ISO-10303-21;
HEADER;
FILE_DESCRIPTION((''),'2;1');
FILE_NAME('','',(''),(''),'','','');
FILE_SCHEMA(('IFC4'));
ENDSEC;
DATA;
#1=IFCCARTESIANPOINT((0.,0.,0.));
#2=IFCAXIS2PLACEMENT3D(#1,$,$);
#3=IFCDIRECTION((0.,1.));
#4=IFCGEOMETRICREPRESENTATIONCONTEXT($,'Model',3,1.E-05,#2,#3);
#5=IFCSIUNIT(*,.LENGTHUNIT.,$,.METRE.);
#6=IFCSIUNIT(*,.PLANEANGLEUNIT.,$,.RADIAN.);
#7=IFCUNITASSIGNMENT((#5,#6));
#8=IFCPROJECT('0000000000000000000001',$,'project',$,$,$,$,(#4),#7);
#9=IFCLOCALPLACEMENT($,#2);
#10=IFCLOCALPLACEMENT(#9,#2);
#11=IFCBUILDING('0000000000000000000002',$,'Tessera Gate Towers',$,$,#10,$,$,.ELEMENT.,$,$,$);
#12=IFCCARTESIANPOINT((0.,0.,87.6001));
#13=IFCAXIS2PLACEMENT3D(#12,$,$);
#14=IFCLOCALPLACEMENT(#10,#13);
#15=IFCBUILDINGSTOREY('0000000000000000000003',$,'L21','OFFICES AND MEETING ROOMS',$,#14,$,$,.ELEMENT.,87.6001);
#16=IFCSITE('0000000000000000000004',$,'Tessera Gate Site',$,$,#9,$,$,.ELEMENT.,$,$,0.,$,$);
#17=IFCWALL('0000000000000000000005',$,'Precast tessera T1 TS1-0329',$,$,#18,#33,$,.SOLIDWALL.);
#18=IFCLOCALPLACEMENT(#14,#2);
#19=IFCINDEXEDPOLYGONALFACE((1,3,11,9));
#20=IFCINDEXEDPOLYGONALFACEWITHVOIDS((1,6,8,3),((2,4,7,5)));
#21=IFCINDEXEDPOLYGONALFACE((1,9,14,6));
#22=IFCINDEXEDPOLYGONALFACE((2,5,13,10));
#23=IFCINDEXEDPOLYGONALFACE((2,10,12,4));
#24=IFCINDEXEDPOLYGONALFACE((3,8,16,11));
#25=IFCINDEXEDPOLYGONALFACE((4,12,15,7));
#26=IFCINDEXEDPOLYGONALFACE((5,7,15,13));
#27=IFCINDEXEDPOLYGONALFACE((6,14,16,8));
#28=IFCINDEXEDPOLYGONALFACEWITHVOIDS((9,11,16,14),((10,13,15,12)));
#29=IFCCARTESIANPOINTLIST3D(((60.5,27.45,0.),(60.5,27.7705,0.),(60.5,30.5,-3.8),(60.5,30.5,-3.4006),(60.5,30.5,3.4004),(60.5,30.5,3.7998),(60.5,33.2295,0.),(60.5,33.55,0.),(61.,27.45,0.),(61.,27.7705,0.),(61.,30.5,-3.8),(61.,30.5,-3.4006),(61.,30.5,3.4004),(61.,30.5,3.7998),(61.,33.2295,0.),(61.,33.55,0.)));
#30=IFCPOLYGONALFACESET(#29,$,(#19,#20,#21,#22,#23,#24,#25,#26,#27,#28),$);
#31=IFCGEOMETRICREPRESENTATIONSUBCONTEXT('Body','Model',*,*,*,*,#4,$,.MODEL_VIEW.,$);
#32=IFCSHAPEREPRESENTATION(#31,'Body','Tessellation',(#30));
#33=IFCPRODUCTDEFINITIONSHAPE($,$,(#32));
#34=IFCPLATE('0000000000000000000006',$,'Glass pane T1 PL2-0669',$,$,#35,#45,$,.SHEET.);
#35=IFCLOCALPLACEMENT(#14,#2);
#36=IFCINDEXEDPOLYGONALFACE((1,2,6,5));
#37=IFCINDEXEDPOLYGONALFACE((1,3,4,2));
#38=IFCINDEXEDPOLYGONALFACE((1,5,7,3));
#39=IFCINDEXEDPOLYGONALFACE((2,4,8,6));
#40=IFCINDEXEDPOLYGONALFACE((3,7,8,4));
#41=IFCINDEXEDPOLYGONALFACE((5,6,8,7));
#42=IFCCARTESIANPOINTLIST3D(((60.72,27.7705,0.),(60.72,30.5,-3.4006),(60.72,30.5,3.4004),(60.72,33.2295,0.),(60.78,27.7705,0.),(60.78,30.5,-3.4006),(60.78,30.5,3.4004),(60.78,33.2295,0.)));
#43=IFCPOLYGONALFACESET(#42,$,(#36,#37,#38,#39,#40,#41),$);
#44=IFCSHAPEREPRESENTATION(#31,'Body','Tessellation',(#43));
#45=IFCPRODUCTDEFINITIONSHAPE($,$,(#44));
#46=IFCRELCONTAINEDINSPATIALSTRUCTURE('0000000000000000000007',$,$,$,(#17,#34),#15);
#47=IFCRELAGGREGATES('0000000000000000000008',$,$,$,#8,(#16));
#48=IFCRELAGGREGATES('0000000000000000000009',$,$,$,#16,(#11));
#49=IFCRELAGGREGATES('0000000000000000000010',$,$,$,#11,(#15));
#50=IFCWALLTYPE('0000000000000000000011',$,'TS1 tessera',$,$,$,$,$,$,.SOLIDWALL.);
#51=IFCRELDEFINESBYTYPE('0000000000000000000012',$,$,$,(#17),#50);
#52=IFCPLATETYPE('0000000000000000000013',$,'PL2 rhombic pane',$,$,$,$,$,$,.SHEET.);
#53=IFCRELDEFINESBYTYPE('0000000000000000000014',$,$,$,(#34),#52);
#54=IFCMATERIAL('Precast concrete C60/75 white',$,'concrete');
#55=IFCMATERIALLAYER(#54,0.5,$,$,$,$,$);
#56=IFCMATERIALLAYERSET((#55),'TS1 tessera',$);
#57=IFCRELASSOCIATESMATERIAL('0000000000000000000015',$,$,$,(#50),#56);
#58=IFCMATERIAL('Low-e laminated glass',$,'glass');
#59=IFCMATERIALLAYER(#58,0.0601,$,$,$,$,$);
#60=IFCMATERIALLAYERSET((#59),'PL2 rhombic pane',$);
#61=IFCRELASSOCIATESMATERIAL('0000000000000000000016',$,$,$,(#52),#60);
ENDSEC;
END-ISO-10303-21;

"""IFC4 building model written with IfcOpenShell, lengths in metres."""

from ifc_helpers import new_model, si_unit, direction, frame, origin, place, context, subcontext, project, spatial, polyline, outline, extrude, source, transform, mapped, material, layer, layer_set, type_object, element, fill, save


model = new_model("IFC4")

# Units and contexts
model_context = context("Model", 3, precision=1e-05, world=origin(), true_north=direction((0.0, 1.0)))
body_context = subcontext(model_context, "Body", "Model", "MODEL_VIEW")
ifc_project = project(units=[si_unit("LENGTHUNIT", "METRE"), si_unit("PLANEANGLEUNIT", "RADIAN")], contexts=[model_context])

# Site, building, storey
site_placement = place(None, origin())
site = spatial("IfcSite", under=ifc_project, at=site_placement, Name="Tessera Gate Site", CompositionType="ELEMENT", RefElevation=0.0)
building_placement = place(site_placement, origin())
building = spatial("IfcBuilding", under=site, at=building_placement, Name="Tessera Gate Towers", CompositionType="ELEMENT")
storey_placement = place(building_placement, frame((0.0, 0.0, 87.6001)))
storey = spatial("IfcBuildingStorey", under=building, at=storey_placement, Name="L21", Description="OFFICES AND MEETING ROOMS", CompositionType="ELEMENT", Elevation=87.6001)

# Wall, opening, plate
ifc_material_1 = material(Name="Precast concrete C60/75 white", Category="concrete")
ifc_layer_1 = layer(ifc_material_1, 0.5)
ifc_layer_set_1 = layer_set([ifc_layer_1], Name="TS1 tessera")
wall_type_1 = type_object("IfcWallType", Name="TS1 tessera", PredefinedType="SOLIDWALL", material=ifc_layer_set_1)
shared_shape_1 = source(origin(), body_context, "Body", "SweptSolid", [
    extrude(outline(polyline([(3.05, 0.0), (6.1001, 3.8), (3.05, 7.5999), (0.0, 3.8), (3.05, 0.0)])), frame((0.0, 0.25, 0.0), z_axis=(0.0, -1.0, 0.0), x_axis=(1.0, 0.0, 0.0)), (0.0, 0.0, 1.0), 0.5),
])
shared_shape_2 = source(origin(), body_context, "Body", "SweptSolid", [
    extrude(outline(polyline([(3.05, 0.3994), (5.7795, 3.8), (3.05, 7.2004), (0.3206, 3.8), (3.05, 0.3994)])), frame((0.0, 0.26, 0.0), z_axis=(0.0, -1.0, 0.0), x_axis=(1.0, 0.0, 0.0)), (0.0, 0.0, 1.0), 0.52),
])
ifc_material_2 = material(Name="Low-e laminated glass", Category="glass")
ifc_layer_2 = layer(ifc_material_2, 0.0601)
ifc_layer_set_2 = layer_set([ifc_layer_2], Name="PL2 rhombic pane")
plate_type = type_object("IfcPlateType", Name="PL2 rhombic pane", PredefinedType="SHEET", material=ifc_layer_set_2)
shared_shape_3 = source(origin(), body_context, "Body", "SweptSolid", [
    extrude(outline(polyline([(3.05, 0.3994), (5.7795, 3.8), (3.05, 7.2004), (0.3206, 3.8), (3.05, 0.3994)])), frame((0.0, 0.03, 0.0), z_axis=(0.0, -1.0, 0.0), x_axis=(1.0, 0.0, 0.0)), (0.0, 0.0, 1.0), 0.0601),
])
wall_1_placement = place(storey_placement, frame((60.75, 27.45, -3.8), z_axis=(0.0, 0.0, 1.0), x_axis=(0.0, 1.0, 0.0)))
wall_1 = element("IfcWall", 1, at=wall_1_placement, inside=storey, type_object=wall_type_1, Name="Precast tessera T1 TS1-0329", PredefinedType="SOLIDWALL", context=body_context, shape_type="MappedRepresentation", body=[
    mapped(shared_shape_1, transform((0.0, 0.0, 0.0), scale=1.0)),
])
opening_1_placement = place(wall_1_placement, origin())
opening_1 = element("IfcOpeningElement", 2, at=opening_1_placement, cuts=wall_1, PredefinedType="OPENING", context=body_context, shape_type="MappedRepresentation", body=[
    mapped(shared_shape_2, transform((0.0, 0.0, 0.0), scale=1.0)),
])
plate_1_placement = place(opening_1_placement, origin())
plate_1 = element("IfcPlate", 3, at=plate_1_placement, inside=storey, type_object=plate_type, Name="Glass pane T1 PL2-0669", PredefinedType="SHEET", context=body_context, shape_type="MappedRepresentation", body=[
    mapped(shared_shape_3, transform((0.0, 0.0, 0.0), scale=1.0)),
])
fill(opening_1, plate_1)

save(model, "model.ifc")
